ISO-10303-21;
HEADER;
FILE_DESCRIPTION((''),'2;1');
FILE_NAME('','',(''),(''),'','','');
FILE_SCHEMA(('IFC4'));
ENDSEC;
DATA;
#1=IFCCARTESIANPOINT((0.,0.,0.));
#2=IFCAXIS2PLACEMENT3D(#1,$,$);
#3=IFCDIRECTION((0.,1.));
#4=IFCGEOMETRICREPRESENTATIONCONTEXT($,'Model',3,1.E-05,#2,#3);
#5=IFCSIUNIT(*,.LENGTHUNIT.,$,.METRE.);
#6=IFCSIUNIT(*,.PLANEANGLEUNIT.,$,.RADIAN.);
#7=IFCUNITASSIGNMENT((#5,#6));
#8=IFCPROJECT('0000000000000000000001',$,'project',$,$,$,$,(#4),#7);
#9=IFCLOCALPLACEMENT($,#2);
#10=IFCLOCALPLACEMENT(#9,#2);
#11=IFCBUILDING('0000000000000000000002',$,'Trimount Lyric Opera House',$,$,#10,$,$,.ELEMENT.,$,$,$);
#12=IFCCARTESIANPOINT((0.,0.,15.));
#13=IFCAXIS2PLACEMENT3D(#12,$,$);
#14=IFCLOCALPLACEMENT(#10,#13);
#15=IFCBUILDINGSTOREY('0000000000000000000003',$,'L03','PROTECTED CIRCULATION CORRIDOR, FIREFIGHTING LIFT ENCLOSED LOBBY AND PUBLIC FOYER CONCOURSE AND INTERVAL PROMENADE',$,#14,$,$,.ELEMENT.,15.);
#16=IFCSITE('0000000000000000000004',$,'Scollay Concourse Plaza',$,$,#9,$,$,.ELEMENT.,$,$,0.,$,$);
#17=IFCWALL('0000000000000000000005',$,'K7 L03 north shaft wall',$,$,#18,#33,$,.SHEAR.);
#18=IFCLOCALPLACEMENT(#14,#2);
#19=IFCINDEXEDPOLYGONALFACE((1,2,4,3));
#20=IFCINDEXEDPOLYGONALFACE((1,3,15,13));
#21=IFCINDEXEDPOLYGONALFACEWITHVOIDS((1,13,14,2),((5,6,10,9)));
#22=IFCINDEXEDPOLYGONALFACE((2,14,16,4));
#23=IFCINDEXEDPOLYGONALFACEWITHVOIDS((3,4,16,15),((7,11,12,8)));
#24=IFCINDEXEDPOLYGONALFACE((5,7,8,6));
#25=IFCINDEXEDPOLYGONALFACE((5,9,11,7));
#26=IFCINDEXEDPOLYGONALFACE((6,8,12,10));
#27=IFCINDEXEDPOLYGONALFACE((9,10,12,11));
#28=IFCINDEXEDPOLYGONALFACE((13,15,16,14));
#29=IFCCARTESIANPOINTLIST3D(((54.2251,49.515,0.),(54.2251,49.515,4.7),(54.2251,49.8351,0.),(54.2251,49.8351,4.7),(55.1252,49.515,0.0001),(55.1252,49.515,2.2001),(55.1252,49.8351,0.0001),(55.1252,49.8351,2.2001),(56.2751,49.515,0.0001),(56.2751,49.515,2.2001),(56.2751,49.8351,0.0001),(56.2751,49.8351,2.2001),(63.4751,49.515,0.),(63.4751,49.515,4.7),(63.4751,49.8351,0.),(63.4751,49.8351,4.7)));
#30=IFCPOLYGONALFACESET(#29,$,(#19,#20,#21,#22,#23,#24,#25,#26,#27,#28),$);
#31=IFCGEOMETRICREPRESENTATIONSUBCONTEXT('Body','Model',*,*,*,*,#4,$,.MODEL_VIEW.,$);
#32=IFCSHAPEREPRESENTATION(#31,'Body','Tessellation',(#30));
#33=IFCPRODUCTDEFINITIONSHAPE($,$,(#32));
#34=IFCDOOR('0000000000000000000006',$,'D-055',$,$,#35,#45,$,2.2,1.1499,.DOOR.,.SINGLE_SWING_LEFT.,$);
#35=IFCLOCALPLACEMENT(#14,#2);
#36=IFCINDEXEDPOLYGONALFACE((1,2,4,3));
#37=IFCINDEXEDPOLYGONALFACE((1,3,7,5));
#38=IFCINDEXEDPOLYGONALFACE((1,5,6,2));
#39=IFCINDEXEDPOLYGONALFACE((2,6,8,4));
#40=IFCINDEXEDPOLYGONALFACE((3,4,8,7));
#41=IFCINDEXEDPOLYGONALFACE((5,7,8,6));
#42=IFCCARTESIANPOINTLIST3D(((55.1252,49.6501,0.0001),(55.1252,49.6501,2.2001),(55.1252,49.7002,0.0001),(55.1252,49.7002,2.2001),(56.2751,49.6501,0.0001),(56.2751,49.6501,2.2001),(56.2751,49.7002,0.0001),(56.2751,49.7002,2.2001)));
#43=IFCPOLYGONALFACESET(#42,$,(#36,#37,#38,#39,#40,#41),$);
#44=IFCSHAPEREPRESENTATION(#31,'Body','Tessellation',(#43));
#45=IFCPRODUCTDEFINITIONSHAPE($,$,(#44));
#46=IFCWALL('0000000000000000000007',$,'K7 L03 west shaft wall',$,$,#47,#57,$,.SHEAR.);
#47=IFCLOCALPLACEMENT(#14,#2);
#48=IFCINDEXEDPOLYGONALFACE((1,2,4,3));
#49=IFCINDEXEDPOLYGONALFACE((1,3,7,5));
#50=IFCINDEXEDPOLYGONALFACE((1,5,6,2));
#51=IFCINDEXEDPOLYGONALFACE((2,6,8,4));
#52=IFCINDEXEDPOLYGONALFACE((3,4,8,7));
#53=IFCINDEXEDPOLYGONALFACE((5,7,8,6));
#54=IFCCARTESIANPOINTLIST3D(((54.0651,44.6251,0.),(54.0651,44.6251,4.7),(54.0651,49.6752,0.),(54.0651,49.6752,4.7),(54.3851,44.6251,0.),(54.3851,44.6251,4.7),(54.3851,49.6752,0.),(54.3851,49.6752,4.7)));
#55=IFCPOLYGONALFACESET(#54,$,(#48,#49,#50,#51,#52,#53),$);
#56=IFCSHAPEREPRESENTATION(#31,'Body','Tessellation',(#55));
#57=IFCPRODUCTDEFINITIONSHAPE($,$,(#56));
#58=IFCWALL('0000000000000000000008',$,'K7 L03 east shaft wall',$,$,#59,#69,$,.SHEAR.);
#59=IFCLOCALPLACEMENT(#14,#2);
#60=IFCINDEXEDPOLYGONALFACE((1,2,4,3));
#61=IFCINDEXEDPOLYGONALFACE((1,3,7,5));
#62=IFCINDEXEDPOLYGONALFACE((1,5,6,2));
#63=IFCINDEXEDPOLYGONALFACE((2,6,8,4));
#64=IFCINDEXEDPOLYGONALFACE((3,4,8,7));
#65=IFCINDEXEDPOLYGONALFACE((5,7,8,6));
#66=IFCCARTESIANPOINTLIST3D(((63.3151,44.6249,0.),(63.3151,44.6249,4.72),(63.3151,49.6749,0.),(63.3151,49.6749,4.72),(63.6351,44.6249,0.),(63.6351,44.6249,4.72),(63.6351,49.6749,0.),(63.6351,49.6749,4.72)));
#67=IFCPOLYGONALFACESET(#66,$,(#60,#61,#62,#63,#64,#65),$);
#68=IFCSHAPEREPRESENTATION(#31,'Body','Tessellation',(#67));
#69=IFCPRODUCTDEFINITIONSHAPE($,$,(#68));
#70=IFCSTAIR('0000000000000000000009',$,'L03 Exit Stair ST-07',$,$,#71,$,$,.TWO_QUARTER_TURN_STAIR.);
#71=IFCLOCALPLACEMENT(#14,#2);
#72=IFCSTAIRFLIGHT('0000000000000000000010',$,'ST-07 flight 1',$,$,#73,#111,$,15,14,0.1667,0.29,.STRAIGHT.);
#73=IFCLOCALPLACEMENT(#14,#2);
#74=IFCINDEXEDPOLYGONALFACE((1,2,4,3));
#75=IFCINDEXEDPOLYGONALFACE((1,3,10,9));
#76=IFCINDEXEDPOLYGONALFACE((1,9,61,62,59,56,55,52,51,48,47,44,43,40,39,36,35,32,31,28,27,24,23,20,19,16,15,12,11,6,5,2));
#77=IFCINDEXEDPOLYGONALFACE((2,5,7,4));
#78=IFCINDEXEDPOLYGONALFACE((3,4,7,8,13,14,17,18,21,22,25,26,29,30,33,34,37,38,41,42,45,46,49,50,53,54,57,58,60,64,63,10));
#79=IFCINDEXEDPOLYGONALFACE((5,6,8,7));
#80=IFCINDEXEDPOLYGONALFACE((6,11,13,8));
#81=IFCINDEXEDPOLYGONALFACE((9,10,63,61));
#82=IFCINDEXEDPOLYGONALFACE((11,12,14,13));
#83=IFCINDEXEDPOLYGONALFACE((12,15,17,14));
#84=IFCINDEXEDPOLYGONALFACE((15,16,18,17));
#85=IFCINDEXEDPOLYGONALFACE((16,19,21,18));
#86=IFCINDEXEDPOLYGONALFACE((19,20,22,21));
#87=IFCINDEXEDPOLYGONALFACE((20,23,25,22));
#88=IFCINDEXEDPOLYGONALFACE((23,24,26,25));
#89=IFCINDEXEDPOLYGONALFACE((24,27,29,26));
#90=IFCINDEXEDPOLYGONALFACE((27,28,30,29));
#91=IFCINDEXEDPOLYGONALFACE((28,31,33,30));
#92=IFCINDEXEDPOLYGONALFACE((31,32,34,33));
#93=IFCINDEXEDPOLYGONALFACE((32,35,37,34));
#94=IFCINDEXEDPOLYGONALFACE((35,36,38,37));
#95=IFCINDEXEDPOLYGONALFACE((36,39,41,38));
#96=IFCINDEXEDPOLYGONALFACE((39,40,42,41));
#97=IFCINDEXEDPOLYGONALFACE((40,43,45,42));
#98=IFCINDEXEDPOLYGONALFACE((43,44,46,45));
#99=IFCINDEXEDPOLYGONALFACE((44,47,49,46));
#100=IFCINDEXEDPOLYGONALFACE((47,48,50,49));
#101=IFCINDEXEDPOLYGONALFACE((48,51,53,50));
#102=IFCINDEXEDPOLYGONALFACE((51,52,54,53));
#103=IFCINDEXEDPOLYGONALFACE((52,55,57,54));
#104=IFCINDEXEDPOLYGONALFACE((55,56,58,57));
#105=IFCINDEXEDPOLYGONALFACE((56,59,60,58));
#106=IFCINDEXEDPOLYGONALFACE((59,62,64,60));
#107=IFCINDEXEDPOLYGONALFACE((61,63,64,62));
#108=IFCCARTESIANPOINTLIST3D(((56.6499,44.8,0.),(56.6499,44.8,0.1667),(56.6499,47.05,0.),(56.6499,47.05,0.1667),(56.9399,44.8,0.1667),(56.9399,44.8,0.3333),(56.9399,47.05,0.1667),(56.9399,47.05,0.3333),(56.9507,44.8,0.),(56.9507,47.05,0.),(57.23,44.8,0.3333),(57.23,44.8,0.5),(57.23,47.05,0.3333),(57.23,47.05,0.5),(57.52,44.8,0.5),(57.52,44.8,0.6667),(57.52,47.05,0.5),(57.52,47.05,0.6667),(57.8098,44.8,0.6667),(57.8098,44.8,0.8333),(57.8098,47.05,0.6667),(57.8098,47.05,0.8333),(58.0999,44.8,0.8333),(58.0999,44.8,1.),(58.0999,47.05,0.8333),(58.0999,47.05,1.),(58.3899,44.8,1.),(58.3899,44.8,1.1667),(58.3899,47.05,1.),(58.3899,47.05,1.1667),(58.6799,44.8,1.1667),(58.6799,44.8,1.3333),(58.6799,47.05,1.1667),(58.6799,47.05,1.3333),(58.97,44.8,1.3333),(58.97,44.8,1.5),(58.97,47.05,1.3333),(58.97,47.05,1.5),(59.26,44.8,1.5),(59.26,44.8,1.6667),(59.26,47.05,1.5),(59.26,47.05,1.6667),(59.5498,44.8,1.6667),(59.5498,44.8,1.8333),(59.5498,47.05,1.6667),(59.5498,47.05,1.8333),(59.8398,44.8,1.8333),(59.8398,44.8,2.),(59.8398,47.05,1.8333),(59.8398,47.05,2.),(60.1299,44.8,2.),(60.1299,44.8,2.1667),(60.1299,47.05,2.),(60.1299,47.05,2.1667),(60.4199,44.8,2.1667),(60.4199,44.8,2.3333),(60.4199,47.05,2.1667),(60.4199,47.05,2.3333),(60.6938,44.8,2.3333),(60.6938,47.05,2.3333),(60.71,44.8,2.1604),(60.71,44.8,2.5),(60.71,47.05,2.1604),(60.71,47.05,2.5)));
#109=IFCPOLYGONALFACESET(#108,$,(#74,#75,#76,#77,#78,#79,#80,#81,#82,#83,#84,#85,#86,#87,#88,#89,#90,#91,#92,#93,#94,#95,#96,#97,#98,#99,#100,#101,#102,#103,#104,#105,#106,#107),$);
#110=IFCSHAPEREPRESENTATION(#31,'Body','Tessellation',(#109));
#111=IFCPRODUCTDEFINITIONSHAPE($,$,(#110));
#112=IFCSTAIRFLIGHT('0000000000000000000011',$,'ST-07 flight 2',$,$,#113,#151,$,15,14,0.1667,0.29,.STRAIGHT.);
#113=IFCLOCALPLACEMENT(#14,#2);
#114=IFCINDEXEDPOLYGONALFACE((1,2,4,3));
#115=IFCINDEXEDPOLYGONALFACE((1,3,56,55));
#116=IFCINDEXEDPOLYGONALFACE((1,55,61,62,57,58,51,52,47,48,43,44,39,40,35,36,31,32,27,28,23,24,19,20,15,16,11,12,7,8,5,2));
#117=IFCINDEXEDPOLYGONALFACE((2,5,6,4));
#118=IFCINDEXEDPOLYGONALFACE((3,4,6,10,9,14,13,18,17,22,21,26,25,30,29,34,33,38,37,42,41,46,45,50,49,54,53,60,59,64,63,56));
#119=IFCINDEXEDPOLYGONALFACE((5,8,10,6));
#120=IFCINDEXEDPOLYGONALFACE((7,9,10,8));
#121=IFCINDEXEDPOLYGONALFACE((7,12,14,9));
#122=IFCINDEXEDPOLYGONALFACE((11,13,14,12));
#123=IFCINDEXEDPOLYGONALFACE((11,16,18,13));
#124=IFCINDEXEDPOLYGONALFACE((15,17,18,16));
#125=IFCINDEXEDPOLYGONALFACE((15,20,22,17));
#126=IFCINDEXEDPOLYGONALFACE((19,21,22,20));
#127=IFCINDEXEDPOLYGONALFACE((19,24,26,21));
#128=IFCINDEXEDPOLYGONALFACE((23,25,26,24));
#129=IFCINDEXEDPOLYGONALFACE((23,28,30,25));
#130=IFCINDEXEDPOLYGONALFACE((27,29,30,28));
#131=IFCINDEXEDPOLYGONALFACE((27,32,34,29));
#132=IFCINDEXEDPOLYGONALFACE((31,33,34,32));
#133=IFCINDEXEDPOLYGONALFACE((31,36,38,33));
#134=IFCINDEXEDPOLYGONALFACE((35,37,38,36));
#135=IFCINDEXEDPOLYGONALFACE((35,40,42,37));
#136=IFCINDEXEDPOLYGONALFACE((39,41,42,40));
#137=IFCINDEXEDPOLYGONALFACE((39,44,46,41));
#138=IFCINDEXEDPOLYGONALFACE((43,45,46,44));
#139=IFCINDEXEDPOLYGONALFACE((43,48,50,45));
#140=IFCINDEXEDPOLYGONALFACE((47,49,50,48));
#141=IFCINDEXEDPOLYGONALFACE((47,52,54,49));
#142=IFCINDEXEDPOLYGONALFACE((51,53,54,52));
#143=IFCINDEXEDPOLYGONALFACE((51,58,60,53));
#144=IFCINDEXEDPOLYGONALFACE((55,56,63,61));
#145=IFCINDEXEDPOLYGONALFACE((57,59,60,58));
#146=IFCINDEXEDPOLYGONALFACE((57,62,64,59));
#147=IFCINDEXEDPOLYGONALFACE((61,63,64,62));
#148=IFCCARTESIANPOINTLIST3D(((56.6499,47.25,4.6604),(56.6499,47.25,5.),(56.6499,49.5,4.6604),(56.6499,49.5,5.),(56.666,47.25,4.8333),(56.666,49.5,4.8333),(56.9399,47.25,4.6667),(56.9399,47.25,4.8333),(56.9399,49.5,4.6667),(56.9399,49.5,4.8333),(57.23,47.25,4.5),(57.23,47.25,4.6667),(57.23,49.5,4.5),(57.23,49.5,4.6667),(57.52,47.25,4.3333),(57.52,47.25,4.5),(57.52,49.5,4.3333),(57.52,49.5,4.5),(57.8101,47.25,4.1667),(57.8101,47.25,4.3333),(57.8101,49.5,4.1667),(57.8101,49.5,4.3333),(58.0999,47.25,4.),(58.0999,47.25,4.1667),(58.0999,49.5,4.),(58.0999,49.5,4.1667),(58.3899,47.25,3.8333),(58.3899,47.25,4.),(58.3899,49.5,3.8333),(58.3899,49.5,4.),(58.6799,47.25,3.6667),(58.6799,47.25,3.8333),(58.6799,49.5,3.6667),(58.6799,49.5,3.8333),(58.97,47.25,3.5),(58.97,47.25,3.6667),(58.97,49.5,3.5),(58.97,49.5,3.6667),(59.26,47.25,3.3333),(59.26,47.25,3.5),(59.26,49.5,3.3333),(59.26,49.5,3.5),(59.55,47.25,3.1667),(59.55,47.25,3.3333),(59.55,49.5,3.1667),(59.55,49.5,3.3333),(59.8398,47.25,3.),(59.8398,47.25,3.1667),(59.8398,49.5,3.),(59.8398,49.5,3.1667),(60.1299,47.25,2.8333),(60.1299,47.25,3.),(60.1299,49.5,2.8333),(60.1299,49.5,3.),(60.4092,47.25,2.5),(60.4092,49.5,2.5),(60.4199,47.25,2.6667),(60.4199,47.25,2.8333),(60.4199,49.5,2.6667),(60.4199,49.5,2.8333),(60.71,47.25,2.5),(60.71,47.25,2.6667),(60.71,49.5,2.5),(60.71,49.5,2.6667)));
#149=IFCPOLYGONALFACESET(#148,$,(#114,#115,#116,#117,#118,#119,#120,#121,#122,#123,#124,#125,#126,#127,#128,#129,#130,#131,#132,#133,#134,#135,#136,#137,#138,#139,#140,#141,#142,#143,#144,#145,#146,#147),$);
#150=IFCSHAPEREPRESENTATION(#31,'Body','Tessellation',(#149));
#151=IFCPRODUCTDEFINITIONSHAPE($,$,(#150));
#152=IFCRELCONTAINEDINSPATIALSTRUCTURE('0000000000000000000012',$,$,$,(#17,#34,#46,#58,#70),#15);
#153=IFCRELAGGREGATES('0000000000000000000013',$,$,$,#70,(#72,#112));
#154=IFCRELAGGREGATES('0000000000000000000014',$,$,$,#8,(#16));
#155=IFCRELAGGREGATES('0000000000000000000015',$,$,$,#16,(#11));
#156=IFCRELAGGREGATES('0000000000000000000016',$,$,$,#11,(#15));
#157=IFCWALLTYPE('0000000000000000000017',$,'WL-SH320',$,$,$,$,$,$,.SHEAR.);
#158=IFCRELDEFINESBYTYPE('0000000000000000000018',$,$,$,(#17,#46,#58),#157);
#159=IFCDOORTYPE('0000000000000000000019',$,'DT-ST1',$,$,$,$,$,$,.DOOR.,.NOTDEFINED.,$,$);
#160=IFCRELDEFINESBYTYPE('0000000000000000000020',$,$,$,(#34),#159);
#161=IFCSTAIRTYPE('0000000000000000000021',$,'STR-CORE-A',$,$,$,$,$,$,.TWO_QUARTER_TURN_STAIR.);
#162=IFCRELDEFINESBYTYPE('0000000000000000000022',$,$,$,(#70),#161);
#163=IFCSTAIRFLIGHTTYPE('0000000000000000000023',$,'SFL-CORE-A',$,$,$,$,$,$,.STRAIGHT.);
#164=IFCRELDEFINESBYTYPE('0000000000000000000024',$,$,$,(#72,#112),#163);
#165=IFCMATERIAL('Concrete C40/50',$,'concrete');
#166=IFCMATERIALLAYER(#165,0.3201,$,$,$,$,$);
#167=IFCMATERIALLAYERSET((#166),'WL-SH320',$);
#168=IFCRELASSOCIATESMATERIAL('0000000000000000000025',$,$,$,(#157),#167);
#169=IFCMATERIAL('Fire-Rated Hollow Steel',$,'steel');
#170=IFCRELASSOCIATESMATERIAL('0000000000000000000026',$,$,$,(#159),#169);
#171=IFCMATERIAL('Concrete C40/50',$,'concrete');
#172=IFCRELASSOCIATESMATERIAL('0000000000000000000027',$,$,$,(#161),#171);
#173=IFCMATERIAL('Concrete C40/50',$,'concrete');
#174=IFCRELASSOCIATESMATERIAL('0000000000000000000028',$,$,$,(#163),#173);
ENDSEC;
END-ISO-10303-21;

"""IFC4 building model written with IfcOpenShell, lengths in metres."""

from ifc_helpers import new_model, si_unit, direction, frame, frame_2d, origin, place, context, subcontext, project, spatial, polyline, rectangle, outline, extrude, material, layer, layer_set, type_object, element, fill, aggregate, save


model = new_model("IFC4")

# Units and contexts
model_context = context("Model", 3, precision=1e-05, world=origin(), true_north=direction((0.0, 1.0)))
body_context = subcontext(model_context, "Body", "Model", "MODEL_VIEW")
ifc_project = project(units=[si_unit("LENGTHUNIT", "METRE"), si_unit("PLANEANGLEUNIT", "RADIAN")], contexts=[model_context])

# Site, building, storey
site_placement = place(None, origin())
site = spatial("IfcSite", under=ifc_project, at=site_placement, Name="Scollay Concourse Plaza", CompositionType="ELEMENT", RefElevation=0.0)
building_placement = place(site_placement, origin())
building = spatial("IfcBuilding", under=site, at=building_placement, Name="Trimount Lyric Opera House", CompositionType="ELEMENT")
storey_placement = place(building_placement, frame((0.0, 0.0, 15.0)))
storey = spatial("IfcBuildingStorey", under=building, at=storey_placement, Name="L03", Description="PROTECTED CIRCULATION CORRIDOR, FIREFIGHTING LIFT ENCLOSED LOBBY AND PUBLIC FOYER CONCOURSE AND INTERVAL PROMENADE", CompositionType="ELEMENT", Elevation=15.0)

# Shared definitions
ifc_material_1 = material(Name="Concrete C40/50", Category="concrete")
ifc_layer_1 = layer(ifc_material_1, 0.3201)
ifc_layer_set_1 = layer_set([ifc_layer_1], Name="WL-SH320")
wall_type = type_object("IfcWallType", Name="WL-SH320", PredefinedType="SHEAR", material=ifc_layer_set_1)

# Wall, opening, door
wall_1_placement = place(storey_placement, frame((63.4751, 49.675, 0.0), z_axis=(0.0, 0.0, 1.0), x_axis=(-1.0, 0.0, 0.0)))
wall_1 = element("IfcWall", 1, at=wall_1_placement, inside=storey, type_object=wall_type, Name="K7 L03 north shaft wall", PredefinedType="SHEAR", context=body_context, shape_type="SweptSolid", body=[
    extrude(rectangle(XDim=9.25, YDim=0.3201, at=frame_2d((4.625, 0.0))), origin(), (0.0, 0.0, 1.0), 4.7),
])
opening_placement = place(wall_1_placement, frame((7.2, 0.0, 0.0)))
opening = element("IfcOpeningElement", 2, at=opening_placement, cuts=wall_1, PredefinedType="OPENING", context=body_context, shape_type="SweptSolid", body=[
    extrude(rectangle(XDim=1.1499, YDim=2.2, at=frame_2d((0.575, 1.1001))), frame((0.0, 0.1699, 0.0), z_axis=(0.0, -1.0, 0.0), x_axis=(1.0, 0.0, 0.0)), (0.0, 0.0, 1.0), 0.3401),
])
ifc_material_2 = material(Name="Fire-Rated Hollow Steel", Category="steel")
door_type = type_object("IfcDoorType", Name="DT-ST1", OperationType="NOTDEFINED", PredefinedType="DOOR", material=ifc_material_2)
door_placement = place(opening_placement, origin())
door = element("IfcDoor", 3, at=door_placement, inside=storey, type_object=door_type, Name="D-055", OperationType="SINGLE_SWING_LEFT", OverallHeight=2.2, OverallWidth=1.1499, PredefinedType="DOOR", context=body_context, shape_type="SweptSolid", body=[
    extrude(rectangle(XDim=1.1499, YDim=2.2, at=frame_2d((0.575, 1.1001))), frame((0.0, 0.0249, 0.0), z_axis=(0.0, -1.0, 0.0), x_axis=(1.0, 0.0, 0.0)), (0.0, 0.0, 1.0), 0.05),
])
fill(opening, door)

# Walls
wall_2_placement = place(storey_placement, frame((54.2251, 49.675, 0.0), z_axis=(0.0, 0.0, 1.0), x_axis=(0.0, -1.0, 0.0)))
element("IfcWall", 4, at=wall_2_placement, inside=storey, type_object=wall_type, Name="K7 L03 west shaft wall", PredefinedType="SHEAR", context=body_context, shape_type="SweptSolid", body=[
    extrude(rectangle(XDim=5.05, YDim=0.3201, at=frame_2d((2.5249, 0.0))), origin(), (0.0, 0.0, 1.0), 4.7),
])
wall_3_placement = place(storey_placement, frame((63.4751, 44.625, 0.0), z_axis=(0.0, 0.0, 1.0), x_axis=(0.0, 1.0, 0.0)))
element("IfcWall", 5, at=wall_3_placement, inside=storey, type_object=wall_type, Name="K7 L03 east shaft wall", PredefinedType="SHEAR", context=body_context, shape_type="SweptSolid", body=[
    extrude(rectangle(XDim=5.05, YDim=0.3201, at=frame_2d((2.5249, 0.0))), origin(), (0.0, 0.0, 1.0), 4.72),
])

# Stair, stair flights
ifc_material_3 = material(Name="Concrete C40/50", Category="concrete")
stair_type = type_object("IfcStairType", Name="STR-CORE-A", PredefinedType="TWO_QUARTER_TURN_STAIR", material=ifc_material_3)
stair_placement = place(storey_placement, origin())
stair = element("IfcStair", 6, at=stair_placement, inside=storey, type_object=stair_type, Name="L03 Exit Stair ST-07", PredefinedType="TWO_QUARTER_TURN_STAIR")
ifc_material_4 = material(Name="Concrete C40/50", Category="concrete")
stair_flight_type = type_object("IfcStairFlightType", Name="SFL-CORE-A", PredefinedType="STRAIGHT", material=ifc_material_4)
stair_flight_1_placement = place(storey_placement, frame((56.6499, 45.925, 0.0), z_axis=(0.0, 0.0, 1.0), x_axis=(1.0, 0.0, 0.0)))
stair_flight_1 = element("IfcStairFlight", 7, at=stair_flight_1_placement, type_object=stair_flight_type, Name="ST-07 flight 1", NumberOfRisers=15, NumberOfTreads=14, PredefinedType="STRAIGHT", RiserHeight=0.1667, TreadLength=0.29, context=body_context, shape_type="SweptSolid", body=[
    extrude(outline(polyline([(0.0, 0.0), (0.0, 0.1667), (0.29, 0.1667), (0.29, 0.3333), (0.5801, 0.3333), (0.5801, 0.5), (0.8701, 0.5), (0.8701, 0.6667), (1.1599, 0.6667), (1.1599, 0.8333), (1.45, 0.8333), (1.45, 1.0), (1.74, 1.0), (1.74, 1.1667), (2.03, 1.1667), (2.03, 1.3333), (2.3201, 1.3333), (2.3201, 1.5), (2.6101, 1.5), (2.6101, 1.6667), (2.8999, 1.6667), (2.8999, 1.8333), (3.1899, 1.8333), (3.1899, 2.0), (3.48, 2.0), (3.48, 2.1667), (3.77, 2.1667), (3.77, 2.3333), (4.0439, 2.3333), (4.0601, 2.5), (4.0601, 2.1604), (0.3008, 0.0), (0.0, 0.0)])), frame((0.0, 1.125, 0.0), z_axis=(0.0, -1.0, 0.0), x_axis=(1.0, 0.0, 0.0)), (0.0, 0.0, 1.0), 2.25),
])
stair_flight_2_placement = place(storey_placement, frame((60.71, 48.375, 2.5), z_axis=(0.0, 0.0, 1.0), x_axis=(-1.0, 0.0, 0.0)))
stair_flight_2 = element("IfcStairFlight", 8, at=stair_flight_2_placement, type_object=stair_flight_type, Name="ST-07 flight 2", NumberOfRisers=15, NumberOfTreads=14, PredefinedType="STRAIGHT", RiserHeight=0.1667, TreadLength=0.29, context=body_context, shape_type="SweptSolid", body=[
    extrude(outline(polyline([(0.0, 0.0), (0.0, 0.1667), (0.29, 0.1667), (0.29, 0.3333), (0.5801, 0.3333), (0.5801, 0.5), (0.8701, 0.5), (0.8701, 0.6667), (1.1599, 0.6667), (1.1599, 0.8333), (1.45, 0.8333), (1.45, 1.0), (1.74, 1.0), (1.74, 1.1667), (2.03, 1.1667), (2.03, 1.3333), (2.3201, 1.3333), (2.3201, 1.5), (2.6101, 1.5), (2.6101, 1.6667), (2.8999, 1.6667), (2.8999, 1.8333), (3.1899, 1.8333), (3.1899, 2.0), (3.48, 2.0), (3.48, 2.1667), (3.77, 2.1667), (3.77, 2.3333), (4.0439, 2.3333), (4.0601, 2.5), (4.0601, 2.1604), (0.3008, 0.0), (0.0, 0.0)])), frame((0.0, 1.125, 0.0), z_axis=(0.0, -1.0, 0.0), x_axis=(1.0, 0.0, 0.0)), (0.0, 0.0, 1.0), 2.25),
])
aggregate(stair, [stair_flight_1, stair_flight_2])

save(model, "model.ifc")
